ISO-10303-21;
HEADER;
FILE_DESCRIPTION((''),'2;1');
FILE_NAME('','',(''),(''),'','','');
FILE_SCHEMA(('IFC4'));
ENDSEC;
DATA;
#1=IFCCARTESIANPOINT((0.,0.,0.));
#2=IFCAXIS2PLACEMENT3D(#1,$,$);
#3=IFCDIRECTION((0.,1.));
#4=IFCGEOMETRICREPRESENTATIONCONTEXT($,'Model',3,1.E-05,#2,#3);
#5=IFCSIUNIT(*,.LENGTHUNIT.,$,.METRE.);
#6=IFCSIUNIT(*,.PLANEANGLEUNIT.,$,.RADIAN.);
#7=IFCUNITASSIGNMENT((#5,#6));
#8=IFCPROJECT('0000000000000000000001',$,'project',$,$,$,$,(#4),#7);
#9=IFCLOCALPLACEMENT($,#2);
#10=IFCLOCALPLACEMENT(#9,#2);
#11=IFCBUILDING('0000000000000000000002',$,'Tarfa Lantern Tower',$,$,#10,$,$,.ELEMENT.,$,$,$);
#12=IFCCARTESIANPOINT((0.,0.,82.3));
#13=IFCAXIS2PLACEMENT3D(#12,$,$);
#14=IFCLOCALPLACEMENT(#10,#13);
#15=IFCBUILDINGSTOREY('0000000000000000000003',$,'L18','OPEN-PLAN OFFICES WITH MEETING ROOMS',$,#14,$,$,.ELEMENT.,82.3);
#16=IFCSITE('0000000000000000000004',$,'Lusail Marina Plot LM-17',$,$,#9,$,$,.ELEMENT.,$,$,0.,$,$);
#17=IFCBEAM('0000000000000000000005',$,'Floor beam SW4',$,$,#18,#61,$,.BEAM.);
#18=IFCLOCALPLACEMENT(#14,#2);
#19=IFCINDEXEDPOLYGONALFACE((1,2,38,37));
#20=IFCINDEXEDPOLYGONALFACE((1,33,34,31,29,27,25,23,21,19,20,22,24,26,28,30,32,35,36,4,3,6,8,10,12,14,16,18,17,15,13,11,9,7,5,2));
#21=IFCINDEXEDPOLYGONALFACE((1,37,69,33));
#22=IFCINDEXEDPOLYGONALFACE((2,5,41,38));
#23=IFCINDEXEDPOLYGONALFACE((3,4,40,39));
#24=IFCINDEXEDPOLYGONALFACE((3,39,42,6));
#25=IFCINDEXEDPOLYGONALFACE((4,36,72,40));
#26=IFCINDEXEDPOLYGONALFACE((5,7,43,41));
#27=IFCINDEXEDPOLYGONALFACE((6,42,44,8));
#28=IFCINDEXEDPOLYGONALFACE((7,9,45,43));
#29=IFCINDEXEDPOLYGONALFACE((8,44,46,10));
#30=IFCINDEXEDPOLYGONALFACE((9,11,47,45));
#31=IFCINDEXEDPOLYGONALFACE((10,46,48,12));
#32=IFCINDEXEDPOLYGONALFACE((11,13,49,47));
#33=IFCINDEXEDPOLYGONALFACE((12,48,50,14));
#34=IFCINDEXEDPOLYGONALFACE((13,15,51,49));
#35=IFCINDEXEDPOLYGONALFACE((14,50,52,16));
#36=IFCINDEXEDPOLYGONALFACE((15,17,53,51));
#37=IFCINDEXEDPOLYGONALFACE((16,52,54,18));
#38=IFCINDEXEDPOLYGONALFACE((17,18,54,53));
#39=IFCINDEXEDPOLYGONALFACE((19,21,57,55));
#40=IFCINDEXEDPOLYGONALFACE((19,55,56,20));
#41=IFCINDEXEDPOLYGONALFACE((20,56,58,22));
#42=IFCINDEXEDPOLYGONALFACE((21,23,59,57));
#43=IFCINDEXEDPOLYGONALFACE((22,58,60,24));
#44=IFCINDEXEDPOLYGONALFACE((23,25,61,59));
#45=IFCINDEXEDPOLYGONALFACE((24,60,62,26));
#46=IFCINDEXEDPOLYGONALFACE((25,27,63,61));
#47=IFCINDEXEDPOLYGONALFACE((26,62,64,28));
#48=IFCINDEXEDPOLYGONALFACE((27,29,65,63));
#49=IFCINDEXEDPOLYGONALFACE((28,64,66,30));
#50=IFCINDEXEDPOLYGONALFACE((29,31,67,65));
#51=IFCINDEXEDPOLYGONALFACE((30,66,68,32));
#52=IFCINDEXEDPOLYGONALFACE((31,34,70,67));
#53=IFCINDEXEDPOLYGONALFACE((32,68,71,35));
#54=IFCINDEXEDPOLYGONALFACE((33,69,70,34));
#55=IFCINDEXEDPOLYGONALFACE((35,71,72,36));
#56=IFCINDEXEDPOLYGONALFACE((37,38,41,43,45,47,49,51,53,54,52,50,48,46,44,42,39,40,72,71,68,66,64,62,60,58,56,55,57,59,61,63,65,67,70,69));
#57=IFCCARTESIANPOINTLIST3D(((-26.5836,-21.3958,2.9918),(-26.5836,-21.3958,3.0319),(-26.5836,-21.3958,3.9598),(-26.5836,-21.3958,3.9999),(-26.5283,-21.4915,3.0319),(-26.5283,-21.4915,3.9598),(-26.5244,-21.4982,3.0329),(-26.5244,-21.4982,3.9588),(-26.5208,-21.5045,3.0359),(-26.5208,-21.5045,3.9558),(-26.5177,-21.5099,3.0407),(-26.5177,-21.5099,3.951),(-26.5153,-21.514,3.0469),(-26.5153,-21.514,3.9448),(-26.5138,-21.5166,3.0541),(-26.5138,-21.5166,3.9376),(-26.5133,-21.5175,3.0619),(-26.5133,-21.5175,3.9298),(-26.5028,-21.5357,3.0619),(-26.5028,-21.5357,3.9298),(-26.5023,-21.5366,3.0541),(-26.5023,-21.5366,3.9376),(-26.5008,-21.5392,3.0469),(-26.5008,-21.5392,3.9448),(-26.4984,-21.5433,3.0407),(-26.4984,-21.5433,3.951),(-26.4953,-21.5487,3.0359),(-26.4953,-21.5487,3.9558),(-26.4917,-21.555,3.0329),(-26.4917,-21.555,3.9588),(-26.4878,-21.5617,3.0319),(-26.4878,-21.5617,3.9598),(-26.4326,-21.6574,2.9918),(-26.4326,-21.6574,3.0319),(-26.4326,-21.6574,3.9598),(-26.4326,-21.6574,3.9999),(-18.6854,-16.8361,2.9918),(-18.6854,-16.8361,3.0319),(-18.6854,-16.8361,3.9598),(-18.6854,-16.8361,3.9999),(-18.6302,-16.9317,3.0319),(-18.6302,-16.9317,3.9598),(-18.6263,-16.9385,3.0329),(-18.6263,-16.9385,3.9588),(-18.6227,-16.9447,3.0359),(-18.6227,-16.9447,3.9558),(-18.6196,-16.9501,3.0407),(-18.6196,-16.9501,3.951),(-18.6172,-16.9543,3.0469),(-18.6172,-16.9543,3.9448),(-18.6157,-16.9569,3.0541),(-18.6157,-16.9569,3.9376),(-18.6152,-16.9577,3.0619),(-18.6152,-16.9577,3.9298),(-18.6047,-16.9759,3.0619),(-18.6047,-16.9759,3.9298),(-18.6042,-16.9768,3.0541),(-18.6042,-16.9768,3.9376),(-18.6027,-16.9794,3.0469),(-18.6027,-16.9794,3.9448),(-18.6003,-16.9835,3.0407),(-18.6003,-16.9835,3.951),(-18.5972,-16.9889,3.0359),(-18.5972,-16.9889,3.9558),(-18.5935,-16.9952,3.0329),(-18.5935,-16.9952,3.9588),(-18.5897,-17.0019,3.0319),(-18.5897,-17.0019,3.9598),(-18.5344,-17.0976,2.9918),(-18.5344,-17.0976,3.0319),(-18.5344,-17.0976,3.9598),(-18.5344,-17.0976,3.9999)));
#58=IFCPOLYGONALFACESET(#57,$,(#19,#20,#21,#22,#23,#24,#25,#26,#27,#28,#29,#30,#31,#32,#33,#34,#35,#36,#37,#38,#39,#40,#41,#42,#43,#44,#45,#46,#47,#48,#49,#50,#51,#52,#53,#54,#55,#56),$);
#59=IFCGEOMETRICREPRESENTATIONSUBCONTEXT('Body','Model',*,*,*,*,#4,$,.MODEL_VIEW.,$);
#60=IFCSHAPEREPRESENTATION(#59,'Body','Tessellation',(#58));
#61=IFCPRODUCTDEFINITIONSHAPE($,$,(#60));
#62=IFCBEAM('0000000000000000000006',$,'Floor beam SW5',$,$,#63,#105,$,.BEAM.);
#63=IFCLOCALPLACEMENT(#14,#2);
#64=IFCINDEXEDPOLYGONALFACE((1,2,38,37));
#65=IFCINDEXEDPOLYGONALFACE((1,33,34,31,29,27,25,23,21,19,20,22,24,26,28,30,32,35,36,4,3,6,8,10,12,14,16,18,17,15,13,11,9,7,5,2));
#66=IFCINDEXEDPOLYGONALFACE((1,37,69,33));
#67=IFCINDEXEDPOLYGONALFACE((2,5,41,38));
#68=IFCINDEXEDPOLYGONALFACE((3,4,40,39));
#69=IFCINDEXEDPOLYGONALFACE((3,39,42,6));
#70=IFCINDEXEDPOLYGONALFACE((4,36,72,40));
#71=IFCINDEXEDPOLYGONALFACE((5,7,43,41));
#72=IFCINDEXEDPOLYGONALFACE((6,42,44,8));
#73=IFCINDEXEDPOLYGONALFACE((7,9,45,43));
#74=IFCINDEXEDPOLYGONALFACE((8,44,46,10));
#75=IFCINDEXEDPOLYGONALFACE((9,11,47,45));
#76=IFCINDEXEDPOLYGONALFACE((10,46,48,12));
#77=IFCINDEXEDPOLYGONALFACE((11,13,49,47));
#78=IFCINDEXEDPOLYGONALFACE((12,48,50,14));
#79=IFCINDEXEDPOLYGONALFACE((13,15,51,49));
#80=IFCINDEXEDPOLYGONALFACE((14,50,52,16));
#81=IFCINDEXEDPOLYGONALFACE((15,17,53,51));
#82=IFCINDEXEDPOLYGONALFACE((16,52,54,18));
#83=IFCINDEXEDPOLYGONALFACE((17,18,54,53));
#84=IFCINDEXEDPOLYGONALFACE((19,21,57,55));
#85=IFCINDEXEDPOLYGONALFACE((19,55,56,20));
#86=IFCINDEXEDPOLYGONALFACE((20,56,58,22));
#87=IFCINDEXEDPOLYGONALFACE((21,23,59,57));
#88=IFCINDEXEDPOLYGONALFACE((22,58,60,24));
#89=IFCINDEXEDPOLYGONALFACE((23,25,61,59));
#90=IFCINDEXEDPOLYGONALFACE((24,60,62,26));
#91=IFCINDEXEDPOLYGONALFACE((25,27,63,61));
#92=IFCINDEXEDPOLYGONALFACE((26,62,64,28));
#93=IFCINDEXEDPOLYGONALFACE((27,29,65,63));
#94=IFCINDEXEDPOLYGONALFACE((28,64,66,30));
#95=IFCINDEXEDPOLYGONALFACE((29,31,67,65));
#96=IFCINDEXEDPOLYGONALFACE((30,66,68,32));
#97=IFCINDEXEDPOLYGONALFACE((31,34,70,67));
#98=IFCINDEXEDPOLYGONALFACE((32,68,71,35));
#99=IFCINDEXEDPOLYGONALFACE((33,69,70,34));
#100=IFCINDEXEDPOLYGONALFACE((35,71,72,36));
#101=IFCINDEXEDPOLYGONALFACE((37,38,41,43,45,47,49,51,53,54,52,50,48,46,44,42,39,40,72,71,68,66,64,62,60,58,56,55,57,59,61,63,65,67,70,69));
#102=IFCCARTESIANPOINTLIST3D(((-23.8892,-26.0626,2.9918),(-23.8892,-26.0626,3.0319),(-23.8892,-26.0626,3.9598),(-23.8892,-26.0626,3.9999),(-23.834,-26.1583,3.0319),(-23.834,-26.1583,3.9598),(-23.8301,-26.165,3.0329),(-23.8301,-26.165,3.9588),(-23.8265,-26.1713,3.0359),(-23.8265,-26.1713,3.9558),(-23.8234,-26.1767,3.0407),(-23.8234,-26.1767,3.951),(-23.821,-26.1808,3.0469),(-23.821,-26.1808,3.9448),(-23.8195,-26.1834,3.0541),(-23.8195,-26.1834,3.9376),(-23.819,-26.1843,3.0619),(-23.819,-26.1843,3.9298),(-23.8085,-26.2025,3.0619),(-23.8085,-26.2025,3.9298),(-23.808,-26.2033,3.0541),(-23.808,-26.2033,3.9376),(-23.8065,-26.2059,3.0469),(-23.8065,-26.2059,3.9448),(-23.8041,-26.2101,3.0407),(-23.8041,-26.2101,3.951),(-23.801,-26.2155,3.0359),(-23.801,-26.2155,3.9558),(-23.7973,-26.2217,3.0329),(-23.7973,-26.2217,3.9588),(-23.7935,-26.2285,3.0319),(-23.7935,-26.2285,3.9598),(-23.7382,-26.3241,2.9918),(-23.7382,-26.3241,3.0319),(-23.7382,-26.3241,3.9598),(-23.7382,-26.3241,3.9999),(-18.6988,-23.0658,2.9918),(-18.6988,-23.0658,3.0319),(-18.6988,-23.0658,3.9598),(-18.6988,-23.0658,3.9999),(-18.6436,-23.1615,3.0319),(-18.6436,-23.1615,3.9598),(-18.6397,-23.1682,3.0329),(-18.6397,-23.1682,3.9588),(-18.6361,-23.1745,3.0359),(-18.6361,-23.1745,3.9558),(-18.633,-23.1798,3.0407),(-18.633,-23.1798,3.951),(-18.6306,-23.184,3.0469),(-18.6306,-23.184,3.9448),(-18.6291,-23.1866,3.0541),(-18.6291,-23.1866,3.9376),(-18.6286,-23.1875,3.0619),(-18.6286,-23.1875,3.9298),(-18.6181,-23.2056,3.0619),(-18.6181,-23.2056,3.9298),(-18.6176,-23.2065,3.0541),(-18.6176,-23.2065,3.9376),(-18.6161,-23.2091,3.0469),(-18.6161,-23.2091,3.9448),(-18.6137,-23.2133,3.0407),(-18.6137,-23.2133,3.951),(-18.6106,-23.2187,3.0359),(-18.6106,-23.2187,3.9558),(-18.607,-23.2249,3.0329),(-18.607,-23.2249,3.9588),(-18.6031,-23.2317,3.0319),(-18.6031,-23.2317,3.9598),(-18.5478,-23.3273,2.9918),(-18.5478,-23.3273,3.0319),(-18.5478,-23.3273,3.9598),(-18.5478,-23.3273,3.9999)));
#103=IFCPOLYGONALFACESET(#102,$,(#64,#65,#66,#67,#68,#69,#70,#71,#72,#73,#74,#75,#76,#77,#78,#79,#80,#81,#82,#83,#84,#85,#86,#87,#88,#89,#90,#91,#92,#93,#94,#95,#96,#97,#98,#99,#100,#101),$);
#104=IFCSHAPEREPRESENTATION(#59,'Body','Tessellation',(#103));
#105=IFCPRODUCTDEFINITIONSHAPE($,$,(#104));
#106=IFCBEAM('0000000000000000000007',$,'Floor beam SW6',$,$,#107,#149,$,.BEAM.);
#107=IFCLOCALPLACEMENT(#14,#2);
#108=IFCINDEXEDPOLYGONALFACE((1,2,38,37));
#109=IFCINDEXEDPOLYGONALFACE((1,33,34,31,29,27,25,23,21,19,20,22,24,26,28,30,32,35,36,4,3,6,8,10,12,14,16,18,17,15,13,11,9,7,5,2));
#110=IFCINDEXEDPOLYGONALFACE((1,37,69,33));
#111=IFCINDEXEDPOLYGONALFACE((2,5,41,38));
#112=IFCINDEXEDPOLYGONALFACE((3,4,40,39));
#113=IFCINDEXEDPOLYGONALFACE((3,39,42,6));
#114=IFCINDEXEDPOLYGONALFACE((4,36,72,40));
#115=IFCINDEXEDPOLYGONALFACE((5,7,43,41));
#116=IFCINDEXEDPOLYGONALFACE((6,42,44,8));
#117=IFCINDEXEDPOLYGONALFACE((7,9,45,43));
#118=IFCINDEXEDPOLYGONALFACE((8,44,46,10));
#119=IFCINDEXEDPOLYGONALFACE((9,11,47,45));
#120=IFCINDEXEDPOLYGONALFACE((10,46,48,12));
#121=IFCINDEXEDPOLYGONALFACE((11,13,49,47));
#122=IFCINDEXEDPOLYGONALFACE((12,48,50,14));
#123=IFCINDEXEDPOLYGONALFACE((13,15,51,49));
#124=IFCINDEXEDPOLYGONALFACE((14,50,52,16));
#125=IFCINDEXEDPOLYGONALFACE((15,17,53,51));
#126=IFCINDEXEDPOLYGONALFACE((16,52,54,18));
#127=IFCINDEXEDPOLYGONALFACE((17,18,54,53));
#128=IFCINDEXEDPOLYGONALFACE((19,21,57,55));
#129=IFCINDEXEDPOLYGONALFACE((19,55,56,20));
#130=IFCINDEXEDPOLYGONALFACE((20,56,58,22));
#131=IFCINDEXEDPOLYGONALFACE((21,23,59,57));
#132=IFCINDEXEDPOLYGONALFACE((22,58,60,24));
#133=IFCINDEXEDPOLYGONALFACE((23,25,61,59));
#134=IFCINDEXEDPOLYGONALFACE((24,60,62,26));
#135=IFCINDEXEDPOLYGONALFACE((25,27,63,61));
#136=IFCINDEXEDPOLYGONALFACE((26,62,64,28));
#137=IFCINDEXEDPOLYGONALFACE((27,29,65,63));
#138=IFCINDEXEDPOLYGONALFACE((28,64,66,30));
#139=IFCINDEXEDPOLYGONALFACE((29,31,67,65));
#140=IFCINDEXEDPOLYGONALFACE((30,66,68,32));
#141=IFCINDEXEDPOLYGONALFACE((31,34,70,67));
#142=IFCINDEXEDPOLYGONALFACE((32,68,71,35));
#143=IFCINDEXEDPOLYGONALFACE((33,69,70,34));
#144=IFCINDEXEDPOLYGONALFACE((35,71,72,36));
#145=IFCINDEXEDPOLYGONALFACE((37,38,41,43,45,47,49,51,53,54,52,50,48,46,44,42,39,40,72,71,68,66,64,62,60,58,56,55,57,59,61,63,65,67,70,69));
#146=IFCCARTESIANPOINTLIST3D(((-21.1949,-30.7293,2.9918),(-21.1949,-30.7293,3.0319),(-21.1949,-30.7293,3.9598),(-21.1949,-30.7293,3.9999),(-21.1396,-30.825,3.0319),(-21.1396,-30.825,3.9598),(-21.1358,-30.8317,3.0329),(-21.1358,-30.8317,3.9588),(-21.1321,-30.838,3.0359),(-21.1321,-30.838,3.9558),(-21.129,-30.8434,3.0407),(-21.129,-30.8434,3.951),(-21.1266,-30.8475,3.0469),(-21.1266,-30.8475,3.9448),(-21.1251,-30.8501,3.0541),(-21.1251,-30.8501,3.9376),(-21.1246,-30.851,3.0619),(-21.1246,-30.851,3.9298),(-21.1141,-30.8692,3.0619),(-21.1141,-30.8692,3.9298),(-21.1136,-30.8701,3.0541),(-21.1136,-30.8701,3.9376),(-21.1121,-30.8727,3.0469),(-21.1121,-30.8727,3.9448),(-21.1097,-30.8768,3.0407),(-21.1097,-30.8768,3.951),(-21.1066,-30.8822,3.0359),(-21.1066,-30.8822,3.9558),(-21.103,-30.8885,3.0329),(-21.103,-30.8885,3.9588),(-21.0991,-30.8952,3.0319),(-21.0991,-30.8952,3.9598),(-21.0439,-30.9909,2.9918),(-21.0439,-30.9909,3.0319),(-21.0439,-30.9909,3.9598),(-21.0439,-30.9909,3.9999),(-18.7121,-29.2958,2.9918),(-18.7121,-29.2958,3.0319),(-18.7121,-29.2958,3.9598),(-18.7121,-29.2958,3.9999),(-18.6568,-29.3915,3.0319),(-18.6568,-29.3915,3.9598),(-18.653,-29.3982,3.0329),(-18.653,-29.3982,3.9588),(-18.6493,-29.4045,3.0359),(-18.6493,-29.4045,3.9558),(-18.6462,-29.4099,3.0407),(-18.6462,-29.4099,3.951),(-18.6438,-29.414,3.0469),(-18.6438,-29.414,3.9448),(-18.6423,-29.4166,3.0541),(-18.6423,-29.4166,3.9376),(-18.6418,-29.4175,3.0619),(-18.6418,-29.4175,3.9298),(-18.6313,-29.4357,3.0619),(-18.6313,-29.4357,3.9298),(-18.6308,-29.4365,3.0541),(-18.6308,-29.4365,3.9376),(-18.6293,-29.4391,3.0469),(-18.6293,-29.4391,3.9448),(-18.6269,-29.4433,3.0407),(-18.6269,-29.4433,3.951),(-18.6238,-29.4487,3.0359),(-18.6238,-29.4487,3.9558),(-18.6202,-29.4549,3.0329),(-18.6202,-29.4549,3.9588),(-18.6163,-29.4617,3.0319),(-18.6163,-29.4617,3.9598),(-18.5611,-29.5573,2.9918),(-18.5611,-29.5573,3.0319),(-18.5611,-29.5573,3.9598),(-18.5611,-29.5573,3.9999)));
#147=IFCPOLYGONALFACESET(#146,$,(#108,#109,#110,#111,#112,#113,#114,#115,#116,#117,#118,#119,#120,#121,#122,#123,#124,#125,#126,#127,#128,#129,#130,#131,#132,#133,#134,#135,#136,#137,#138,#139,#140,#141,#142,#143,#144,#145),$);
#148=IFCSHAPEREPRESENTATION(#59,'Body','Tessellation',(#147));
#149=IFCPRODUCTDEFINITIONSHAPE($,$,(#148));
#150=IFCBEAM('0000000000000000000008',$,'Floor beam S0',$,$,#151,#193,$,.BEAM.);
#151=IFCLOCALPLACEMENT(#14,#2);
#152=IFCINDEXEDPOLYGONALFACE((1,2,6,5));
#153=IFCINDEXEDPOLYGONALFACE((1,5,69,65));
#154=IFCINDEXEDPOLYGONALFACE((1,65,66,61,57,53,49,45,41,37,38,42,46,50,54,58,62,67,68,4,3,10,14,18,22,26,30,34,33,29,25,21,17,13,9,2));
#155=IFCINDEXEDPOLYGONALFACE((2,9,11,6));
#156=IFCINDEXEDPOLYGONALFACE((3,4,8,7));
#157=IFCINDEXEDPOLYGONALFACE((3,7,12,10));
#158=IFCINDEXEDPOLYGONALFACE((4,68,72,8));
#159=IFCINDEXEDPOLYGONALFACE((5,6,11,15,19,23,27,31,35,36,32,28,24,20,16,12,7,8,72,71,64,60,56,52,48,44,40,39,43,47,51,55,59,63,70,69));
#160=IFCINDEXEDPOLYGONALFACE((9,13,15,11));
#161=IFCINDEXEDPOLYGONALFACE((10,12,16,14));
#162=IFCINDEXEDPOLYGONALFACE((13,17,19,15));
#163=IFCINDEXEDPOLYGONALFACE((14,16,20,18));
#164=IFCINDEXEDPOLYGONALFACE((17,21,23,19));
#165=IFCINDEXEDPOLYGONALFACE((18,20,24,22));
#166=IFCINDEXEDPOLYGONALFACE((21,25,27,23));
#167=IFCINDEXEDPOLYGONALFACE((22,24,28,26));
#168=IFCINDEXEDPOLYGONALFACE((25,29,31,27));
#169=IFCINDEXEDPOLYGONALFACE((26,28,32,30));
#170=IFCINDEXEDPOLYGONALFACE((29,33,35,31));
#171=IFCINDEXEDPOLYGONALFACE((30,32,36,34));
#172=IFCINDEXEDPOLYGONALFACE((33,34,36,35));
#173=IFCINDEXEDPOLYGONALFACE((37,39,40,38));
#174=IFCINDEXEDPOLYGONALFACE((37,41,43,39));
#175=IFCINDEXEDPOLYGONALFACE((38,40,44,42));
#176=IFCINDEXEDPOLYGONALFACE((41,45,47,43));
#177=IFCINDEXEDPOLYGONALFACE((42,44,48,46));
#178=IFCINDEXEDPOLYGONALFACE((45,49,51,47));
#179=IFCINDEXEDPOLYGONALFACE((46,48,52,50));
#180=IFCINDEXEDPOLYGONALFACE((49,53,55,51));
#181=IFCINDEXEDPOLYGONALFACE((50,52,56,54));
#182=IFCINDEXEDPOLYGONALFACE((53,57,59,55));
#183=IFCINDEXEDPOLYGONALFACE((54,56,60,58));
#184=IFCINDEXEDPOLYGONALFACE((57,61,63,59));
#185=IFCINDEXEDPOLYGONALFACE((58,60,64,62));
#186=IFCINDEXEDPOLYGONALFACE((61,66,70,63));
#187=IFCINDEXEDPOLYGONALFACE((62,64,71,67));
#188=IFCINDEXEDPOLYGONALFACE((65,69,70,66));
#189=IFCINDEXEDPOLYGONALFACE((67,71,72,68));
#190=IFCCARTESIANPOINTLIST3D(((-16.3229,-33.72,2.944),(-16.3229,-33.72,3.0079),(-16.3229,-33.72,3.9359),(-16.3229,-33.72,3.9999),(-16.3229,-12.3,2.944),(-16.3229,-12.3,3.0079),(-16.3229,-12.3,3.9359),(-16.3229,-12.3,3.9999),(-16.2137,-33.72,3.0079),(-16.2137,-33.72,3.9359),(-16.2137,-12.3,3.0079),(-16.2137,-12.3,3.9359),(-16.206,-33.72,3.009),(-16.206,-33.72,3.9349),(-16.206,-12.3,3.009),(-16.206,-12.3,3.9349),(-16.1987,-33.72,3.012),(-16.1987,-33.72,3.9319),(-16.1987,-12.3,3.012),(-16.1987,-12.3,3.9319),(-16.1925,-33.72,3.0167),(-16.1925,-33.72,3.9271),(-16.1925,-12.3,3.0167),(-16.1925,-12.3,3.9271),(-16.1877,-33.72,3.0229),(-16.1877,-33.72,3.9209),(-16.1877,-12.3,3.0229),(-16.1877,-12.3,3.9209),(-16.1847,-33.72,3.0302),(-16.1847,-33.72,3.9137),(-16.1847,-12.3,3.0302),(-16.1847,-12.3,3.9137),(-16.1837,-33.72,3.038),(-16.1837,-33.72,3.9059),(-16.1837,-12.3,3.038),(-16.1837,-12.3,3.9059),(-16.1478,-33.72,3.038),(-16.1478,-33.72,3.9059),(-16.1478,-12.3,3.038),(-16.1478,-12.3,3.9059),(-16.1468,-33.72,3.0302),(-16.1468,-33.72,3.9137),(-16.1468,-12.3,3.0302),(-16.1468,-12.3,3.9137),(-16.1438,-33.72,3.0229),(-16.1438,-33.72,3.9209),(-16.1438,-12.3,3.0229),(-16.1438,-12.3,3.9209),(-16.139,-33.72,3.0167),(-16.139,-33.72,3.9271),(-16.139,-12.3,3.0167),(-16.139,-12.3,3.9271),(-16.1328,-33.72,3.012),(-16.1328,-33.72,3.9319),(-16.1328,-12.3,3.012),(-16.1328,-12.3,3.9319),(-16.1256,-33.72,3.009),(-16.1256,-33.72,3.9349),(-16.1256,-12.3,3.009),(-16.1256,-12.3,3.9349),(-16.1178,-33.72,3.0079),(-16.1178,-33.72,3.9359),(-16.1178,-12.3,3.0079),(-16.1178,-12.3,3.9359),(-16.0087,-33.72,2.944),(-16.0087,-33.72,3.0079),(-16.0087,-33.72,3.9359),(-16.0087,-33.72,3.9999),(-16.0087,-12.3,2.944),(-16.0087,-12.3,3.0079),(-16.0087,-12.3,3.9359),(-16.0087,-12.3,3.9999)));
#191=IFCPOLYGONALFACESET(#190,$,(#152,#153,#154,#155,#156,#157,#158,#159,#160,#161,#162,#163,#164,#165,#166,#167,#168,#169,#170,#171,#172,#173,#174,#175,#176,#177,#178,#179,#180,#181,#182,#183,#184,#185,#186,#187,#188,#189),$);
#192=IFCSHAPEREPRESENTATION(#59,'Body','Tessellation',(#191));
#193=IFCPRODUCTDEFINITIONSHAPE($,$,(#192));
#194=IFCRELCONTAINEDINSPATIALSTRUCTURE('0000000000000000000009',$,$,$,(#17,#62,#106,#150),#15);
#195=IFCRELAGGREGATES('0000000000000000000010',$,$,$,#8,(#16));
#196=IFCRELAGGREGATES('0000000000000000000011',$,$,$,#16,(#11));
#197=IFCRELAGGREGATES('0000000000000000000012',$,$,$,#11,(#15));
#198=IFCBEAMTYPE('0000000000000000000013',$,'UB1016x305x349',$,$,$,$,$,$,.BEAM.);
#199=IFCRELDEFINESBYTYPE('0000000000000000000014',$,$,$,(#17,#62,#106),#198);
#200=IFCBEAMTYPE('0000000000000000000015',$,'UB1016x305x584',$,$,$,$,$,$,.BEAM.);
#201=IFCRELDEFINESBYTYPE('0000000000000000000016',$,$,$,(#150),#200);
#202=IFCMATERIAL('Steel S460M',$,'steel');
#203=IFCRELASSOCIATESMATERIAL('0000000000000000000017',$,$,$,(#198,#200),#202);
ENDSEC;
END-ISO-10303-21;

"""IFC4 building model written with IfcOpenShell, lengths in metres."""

from ifc_helpers import new_model, si_unit, direction, frame, origin, origin_2d, place, context, subcontext, project, spatial, i_section, extrude, material, material_profile, profile_set, type_object, element, save


model = new_model("IFC4")

# Units and contexts
model_context = context("Model", 3, precision=1e-05, world=origin(), true_north=direction((0.0, 1.0)))
body_context = subcontext(model_context, "Body", "Model", "MODEL_VIEW")
ifc_project = project(units=[si_unit("LENGTHUNIT", "METRE"), si_unit("PLANEANGLEUNIT", "RADIAN")], contexts=[model_context])

# Site, building, storey
site_placement = place(None, origin())
site = spatial("IfcSite", under=ifc_project, at=site_placement, Name="Lusail Marina Plot LM-17", CompositionType="ELEMENT", RefElevation=0.0)
building_placement = place(site_placement, origin())
building = spatial("IfcBuilding", under=site, at=building_placement, Name="Tarfa Lantern Tower", CompositionType="ELEMENT")
storey_placement = place(building_placement, frame((0.0, 0.0, 82.3)))
storey = spatial("IfcBuildingStorey", under=building, at=storey_placement, Name="L18", Description="OPEN-PLAN OFFICES WITH MEETING ROOMS", CompositionType="ELEMENT", Elevation=82.3)

# Beams
ifc_material_1 = material(Name="Steel S460M", Category="steel")
ifc_material_profile_1 = material_profile(ifc_material_1, i_section(OverallWidth=0.302, OverallDepth=1.0081, WebThickness=0.021, FlangeThickness=0.04, FilletRadius=0.03, at=origin_2d()), Name="UB1016x305x349")
ifc_profile_set_1 = profile_set([ifc_material_profile_1], Name="Steel S460M")
beam_type_1 = type_object("IfcBeamType", Name="UB1016x305x349", PredefinedType="BEAM", material=ifc_profile_set_1)
beam_1_placement = place(storey_placement, frame((-26.5081, -21.5266, 3.4958), z_axis=(0.866035, 0.499983, 0.0), x_axis=(-0.499983, 0.866035, 0.0)))
element("IfcBeam", 1, at=beam_1_placement, inside=storey, type_object=beam_type_1, Name="Floor beam SW4", PredefinedType="BEAM", context=body_context, shape_type="SweptSolid", body=[
    extrude(i_section(OverallWidth=0.302, OverallDepth=1.0081, WebThickness=0.021, FlangeThickness=0.04, FilletRadius=0.03, at=origin_2d()), origin(), (0.0, 0.0, 1.0), 9.1199),
])
beam_2_placement = place(storey_placement, frame((-23.8137, -26.1934, 3.4958), z_axis=(0.866016, 0.500016, 0.0), x_axis=(-0.500016, 0.866016, 0.0)))
element("IfcBeam", 2, at=beam_2_placement, inside=storey, type_object=beam_type_1, Name="Floor beam SW5", PredefinedType="BEAM", context=body_context, shape_type="SweptSolid", body=[
    extrude(i_section(OverallWidth=0.302, OverallDepth=1.0081, WebThickness=0.021, FlangeThickness=0.04, FilletRadius=0.03, at=origin_2d()), origin(), (0.0, 0.0, 1.0), 5.9934),
])
beam_3_placement = place(storey_placement, frame((-21.1194, -30.8601, 3.4958), z_axis=(0.866013, 0.500022, 0.0), x_axis=(-0.500022, 0.866013, 0.0)))
element("IfcBeam", 3, at=beam_3_placement, inside=storey, type_object=beam_type_1, Name="Floor beam SW6", PredefinedType="BEAM", context=body_context, shape_type="SweptSolid", body=[
    extrude(i_section(OverallWidth=0.302, OverallDepth=1.0081, WebThickness=0.021, FlangeThickness=0.04, FilletRadius=0.03, at=origin_2d()), origin(), (0.0, 0.0, 1.0), 2.8669),
])
ifc_material_profile_2 = material_profile(ifc_material_1, i_section(OverallWidth=0.3142, OverallDepth=1.0559, WebThickness=0.0359, FlangeThickness=0.064, FilletRadius=0.03, at=origin_2d()), Name="UB1016x305x584")
ifc_profile_set_2 = profile_set([ifc_material_profile_2], Name="Steel S460M")
beam_type_2 = type_object("IfcBeamType", Name="UB1016x305x584", PredefinedType="BEAM", material=ifc_profile_set_2)
beam_4_placement = place(storey_placement, frame((-16.1658, -33.72, 3.4719), z_axis=(0.0, 1.0, 0.0), x_axis=(-1.0, 0.0, 0.0)))
element("IfcBeam", 4, at=beam_4_placement, inside=storey, type_object=beam_type_2, Name="Floor beam S0", PredefinedType="BEAM", context=body_context, shape_type="SweptSolid", body=[
    extrude(i_section(OverallWidth=0.3142, OverallDepth=1.0559, WebThickness=0.0359, FlangeThickness=0.064, FilletRadius=0.03, at=origin_2d()), origin(), (0.0, 0.0, 1.0), 21.4199),
])

save(model, "model.ifc")
